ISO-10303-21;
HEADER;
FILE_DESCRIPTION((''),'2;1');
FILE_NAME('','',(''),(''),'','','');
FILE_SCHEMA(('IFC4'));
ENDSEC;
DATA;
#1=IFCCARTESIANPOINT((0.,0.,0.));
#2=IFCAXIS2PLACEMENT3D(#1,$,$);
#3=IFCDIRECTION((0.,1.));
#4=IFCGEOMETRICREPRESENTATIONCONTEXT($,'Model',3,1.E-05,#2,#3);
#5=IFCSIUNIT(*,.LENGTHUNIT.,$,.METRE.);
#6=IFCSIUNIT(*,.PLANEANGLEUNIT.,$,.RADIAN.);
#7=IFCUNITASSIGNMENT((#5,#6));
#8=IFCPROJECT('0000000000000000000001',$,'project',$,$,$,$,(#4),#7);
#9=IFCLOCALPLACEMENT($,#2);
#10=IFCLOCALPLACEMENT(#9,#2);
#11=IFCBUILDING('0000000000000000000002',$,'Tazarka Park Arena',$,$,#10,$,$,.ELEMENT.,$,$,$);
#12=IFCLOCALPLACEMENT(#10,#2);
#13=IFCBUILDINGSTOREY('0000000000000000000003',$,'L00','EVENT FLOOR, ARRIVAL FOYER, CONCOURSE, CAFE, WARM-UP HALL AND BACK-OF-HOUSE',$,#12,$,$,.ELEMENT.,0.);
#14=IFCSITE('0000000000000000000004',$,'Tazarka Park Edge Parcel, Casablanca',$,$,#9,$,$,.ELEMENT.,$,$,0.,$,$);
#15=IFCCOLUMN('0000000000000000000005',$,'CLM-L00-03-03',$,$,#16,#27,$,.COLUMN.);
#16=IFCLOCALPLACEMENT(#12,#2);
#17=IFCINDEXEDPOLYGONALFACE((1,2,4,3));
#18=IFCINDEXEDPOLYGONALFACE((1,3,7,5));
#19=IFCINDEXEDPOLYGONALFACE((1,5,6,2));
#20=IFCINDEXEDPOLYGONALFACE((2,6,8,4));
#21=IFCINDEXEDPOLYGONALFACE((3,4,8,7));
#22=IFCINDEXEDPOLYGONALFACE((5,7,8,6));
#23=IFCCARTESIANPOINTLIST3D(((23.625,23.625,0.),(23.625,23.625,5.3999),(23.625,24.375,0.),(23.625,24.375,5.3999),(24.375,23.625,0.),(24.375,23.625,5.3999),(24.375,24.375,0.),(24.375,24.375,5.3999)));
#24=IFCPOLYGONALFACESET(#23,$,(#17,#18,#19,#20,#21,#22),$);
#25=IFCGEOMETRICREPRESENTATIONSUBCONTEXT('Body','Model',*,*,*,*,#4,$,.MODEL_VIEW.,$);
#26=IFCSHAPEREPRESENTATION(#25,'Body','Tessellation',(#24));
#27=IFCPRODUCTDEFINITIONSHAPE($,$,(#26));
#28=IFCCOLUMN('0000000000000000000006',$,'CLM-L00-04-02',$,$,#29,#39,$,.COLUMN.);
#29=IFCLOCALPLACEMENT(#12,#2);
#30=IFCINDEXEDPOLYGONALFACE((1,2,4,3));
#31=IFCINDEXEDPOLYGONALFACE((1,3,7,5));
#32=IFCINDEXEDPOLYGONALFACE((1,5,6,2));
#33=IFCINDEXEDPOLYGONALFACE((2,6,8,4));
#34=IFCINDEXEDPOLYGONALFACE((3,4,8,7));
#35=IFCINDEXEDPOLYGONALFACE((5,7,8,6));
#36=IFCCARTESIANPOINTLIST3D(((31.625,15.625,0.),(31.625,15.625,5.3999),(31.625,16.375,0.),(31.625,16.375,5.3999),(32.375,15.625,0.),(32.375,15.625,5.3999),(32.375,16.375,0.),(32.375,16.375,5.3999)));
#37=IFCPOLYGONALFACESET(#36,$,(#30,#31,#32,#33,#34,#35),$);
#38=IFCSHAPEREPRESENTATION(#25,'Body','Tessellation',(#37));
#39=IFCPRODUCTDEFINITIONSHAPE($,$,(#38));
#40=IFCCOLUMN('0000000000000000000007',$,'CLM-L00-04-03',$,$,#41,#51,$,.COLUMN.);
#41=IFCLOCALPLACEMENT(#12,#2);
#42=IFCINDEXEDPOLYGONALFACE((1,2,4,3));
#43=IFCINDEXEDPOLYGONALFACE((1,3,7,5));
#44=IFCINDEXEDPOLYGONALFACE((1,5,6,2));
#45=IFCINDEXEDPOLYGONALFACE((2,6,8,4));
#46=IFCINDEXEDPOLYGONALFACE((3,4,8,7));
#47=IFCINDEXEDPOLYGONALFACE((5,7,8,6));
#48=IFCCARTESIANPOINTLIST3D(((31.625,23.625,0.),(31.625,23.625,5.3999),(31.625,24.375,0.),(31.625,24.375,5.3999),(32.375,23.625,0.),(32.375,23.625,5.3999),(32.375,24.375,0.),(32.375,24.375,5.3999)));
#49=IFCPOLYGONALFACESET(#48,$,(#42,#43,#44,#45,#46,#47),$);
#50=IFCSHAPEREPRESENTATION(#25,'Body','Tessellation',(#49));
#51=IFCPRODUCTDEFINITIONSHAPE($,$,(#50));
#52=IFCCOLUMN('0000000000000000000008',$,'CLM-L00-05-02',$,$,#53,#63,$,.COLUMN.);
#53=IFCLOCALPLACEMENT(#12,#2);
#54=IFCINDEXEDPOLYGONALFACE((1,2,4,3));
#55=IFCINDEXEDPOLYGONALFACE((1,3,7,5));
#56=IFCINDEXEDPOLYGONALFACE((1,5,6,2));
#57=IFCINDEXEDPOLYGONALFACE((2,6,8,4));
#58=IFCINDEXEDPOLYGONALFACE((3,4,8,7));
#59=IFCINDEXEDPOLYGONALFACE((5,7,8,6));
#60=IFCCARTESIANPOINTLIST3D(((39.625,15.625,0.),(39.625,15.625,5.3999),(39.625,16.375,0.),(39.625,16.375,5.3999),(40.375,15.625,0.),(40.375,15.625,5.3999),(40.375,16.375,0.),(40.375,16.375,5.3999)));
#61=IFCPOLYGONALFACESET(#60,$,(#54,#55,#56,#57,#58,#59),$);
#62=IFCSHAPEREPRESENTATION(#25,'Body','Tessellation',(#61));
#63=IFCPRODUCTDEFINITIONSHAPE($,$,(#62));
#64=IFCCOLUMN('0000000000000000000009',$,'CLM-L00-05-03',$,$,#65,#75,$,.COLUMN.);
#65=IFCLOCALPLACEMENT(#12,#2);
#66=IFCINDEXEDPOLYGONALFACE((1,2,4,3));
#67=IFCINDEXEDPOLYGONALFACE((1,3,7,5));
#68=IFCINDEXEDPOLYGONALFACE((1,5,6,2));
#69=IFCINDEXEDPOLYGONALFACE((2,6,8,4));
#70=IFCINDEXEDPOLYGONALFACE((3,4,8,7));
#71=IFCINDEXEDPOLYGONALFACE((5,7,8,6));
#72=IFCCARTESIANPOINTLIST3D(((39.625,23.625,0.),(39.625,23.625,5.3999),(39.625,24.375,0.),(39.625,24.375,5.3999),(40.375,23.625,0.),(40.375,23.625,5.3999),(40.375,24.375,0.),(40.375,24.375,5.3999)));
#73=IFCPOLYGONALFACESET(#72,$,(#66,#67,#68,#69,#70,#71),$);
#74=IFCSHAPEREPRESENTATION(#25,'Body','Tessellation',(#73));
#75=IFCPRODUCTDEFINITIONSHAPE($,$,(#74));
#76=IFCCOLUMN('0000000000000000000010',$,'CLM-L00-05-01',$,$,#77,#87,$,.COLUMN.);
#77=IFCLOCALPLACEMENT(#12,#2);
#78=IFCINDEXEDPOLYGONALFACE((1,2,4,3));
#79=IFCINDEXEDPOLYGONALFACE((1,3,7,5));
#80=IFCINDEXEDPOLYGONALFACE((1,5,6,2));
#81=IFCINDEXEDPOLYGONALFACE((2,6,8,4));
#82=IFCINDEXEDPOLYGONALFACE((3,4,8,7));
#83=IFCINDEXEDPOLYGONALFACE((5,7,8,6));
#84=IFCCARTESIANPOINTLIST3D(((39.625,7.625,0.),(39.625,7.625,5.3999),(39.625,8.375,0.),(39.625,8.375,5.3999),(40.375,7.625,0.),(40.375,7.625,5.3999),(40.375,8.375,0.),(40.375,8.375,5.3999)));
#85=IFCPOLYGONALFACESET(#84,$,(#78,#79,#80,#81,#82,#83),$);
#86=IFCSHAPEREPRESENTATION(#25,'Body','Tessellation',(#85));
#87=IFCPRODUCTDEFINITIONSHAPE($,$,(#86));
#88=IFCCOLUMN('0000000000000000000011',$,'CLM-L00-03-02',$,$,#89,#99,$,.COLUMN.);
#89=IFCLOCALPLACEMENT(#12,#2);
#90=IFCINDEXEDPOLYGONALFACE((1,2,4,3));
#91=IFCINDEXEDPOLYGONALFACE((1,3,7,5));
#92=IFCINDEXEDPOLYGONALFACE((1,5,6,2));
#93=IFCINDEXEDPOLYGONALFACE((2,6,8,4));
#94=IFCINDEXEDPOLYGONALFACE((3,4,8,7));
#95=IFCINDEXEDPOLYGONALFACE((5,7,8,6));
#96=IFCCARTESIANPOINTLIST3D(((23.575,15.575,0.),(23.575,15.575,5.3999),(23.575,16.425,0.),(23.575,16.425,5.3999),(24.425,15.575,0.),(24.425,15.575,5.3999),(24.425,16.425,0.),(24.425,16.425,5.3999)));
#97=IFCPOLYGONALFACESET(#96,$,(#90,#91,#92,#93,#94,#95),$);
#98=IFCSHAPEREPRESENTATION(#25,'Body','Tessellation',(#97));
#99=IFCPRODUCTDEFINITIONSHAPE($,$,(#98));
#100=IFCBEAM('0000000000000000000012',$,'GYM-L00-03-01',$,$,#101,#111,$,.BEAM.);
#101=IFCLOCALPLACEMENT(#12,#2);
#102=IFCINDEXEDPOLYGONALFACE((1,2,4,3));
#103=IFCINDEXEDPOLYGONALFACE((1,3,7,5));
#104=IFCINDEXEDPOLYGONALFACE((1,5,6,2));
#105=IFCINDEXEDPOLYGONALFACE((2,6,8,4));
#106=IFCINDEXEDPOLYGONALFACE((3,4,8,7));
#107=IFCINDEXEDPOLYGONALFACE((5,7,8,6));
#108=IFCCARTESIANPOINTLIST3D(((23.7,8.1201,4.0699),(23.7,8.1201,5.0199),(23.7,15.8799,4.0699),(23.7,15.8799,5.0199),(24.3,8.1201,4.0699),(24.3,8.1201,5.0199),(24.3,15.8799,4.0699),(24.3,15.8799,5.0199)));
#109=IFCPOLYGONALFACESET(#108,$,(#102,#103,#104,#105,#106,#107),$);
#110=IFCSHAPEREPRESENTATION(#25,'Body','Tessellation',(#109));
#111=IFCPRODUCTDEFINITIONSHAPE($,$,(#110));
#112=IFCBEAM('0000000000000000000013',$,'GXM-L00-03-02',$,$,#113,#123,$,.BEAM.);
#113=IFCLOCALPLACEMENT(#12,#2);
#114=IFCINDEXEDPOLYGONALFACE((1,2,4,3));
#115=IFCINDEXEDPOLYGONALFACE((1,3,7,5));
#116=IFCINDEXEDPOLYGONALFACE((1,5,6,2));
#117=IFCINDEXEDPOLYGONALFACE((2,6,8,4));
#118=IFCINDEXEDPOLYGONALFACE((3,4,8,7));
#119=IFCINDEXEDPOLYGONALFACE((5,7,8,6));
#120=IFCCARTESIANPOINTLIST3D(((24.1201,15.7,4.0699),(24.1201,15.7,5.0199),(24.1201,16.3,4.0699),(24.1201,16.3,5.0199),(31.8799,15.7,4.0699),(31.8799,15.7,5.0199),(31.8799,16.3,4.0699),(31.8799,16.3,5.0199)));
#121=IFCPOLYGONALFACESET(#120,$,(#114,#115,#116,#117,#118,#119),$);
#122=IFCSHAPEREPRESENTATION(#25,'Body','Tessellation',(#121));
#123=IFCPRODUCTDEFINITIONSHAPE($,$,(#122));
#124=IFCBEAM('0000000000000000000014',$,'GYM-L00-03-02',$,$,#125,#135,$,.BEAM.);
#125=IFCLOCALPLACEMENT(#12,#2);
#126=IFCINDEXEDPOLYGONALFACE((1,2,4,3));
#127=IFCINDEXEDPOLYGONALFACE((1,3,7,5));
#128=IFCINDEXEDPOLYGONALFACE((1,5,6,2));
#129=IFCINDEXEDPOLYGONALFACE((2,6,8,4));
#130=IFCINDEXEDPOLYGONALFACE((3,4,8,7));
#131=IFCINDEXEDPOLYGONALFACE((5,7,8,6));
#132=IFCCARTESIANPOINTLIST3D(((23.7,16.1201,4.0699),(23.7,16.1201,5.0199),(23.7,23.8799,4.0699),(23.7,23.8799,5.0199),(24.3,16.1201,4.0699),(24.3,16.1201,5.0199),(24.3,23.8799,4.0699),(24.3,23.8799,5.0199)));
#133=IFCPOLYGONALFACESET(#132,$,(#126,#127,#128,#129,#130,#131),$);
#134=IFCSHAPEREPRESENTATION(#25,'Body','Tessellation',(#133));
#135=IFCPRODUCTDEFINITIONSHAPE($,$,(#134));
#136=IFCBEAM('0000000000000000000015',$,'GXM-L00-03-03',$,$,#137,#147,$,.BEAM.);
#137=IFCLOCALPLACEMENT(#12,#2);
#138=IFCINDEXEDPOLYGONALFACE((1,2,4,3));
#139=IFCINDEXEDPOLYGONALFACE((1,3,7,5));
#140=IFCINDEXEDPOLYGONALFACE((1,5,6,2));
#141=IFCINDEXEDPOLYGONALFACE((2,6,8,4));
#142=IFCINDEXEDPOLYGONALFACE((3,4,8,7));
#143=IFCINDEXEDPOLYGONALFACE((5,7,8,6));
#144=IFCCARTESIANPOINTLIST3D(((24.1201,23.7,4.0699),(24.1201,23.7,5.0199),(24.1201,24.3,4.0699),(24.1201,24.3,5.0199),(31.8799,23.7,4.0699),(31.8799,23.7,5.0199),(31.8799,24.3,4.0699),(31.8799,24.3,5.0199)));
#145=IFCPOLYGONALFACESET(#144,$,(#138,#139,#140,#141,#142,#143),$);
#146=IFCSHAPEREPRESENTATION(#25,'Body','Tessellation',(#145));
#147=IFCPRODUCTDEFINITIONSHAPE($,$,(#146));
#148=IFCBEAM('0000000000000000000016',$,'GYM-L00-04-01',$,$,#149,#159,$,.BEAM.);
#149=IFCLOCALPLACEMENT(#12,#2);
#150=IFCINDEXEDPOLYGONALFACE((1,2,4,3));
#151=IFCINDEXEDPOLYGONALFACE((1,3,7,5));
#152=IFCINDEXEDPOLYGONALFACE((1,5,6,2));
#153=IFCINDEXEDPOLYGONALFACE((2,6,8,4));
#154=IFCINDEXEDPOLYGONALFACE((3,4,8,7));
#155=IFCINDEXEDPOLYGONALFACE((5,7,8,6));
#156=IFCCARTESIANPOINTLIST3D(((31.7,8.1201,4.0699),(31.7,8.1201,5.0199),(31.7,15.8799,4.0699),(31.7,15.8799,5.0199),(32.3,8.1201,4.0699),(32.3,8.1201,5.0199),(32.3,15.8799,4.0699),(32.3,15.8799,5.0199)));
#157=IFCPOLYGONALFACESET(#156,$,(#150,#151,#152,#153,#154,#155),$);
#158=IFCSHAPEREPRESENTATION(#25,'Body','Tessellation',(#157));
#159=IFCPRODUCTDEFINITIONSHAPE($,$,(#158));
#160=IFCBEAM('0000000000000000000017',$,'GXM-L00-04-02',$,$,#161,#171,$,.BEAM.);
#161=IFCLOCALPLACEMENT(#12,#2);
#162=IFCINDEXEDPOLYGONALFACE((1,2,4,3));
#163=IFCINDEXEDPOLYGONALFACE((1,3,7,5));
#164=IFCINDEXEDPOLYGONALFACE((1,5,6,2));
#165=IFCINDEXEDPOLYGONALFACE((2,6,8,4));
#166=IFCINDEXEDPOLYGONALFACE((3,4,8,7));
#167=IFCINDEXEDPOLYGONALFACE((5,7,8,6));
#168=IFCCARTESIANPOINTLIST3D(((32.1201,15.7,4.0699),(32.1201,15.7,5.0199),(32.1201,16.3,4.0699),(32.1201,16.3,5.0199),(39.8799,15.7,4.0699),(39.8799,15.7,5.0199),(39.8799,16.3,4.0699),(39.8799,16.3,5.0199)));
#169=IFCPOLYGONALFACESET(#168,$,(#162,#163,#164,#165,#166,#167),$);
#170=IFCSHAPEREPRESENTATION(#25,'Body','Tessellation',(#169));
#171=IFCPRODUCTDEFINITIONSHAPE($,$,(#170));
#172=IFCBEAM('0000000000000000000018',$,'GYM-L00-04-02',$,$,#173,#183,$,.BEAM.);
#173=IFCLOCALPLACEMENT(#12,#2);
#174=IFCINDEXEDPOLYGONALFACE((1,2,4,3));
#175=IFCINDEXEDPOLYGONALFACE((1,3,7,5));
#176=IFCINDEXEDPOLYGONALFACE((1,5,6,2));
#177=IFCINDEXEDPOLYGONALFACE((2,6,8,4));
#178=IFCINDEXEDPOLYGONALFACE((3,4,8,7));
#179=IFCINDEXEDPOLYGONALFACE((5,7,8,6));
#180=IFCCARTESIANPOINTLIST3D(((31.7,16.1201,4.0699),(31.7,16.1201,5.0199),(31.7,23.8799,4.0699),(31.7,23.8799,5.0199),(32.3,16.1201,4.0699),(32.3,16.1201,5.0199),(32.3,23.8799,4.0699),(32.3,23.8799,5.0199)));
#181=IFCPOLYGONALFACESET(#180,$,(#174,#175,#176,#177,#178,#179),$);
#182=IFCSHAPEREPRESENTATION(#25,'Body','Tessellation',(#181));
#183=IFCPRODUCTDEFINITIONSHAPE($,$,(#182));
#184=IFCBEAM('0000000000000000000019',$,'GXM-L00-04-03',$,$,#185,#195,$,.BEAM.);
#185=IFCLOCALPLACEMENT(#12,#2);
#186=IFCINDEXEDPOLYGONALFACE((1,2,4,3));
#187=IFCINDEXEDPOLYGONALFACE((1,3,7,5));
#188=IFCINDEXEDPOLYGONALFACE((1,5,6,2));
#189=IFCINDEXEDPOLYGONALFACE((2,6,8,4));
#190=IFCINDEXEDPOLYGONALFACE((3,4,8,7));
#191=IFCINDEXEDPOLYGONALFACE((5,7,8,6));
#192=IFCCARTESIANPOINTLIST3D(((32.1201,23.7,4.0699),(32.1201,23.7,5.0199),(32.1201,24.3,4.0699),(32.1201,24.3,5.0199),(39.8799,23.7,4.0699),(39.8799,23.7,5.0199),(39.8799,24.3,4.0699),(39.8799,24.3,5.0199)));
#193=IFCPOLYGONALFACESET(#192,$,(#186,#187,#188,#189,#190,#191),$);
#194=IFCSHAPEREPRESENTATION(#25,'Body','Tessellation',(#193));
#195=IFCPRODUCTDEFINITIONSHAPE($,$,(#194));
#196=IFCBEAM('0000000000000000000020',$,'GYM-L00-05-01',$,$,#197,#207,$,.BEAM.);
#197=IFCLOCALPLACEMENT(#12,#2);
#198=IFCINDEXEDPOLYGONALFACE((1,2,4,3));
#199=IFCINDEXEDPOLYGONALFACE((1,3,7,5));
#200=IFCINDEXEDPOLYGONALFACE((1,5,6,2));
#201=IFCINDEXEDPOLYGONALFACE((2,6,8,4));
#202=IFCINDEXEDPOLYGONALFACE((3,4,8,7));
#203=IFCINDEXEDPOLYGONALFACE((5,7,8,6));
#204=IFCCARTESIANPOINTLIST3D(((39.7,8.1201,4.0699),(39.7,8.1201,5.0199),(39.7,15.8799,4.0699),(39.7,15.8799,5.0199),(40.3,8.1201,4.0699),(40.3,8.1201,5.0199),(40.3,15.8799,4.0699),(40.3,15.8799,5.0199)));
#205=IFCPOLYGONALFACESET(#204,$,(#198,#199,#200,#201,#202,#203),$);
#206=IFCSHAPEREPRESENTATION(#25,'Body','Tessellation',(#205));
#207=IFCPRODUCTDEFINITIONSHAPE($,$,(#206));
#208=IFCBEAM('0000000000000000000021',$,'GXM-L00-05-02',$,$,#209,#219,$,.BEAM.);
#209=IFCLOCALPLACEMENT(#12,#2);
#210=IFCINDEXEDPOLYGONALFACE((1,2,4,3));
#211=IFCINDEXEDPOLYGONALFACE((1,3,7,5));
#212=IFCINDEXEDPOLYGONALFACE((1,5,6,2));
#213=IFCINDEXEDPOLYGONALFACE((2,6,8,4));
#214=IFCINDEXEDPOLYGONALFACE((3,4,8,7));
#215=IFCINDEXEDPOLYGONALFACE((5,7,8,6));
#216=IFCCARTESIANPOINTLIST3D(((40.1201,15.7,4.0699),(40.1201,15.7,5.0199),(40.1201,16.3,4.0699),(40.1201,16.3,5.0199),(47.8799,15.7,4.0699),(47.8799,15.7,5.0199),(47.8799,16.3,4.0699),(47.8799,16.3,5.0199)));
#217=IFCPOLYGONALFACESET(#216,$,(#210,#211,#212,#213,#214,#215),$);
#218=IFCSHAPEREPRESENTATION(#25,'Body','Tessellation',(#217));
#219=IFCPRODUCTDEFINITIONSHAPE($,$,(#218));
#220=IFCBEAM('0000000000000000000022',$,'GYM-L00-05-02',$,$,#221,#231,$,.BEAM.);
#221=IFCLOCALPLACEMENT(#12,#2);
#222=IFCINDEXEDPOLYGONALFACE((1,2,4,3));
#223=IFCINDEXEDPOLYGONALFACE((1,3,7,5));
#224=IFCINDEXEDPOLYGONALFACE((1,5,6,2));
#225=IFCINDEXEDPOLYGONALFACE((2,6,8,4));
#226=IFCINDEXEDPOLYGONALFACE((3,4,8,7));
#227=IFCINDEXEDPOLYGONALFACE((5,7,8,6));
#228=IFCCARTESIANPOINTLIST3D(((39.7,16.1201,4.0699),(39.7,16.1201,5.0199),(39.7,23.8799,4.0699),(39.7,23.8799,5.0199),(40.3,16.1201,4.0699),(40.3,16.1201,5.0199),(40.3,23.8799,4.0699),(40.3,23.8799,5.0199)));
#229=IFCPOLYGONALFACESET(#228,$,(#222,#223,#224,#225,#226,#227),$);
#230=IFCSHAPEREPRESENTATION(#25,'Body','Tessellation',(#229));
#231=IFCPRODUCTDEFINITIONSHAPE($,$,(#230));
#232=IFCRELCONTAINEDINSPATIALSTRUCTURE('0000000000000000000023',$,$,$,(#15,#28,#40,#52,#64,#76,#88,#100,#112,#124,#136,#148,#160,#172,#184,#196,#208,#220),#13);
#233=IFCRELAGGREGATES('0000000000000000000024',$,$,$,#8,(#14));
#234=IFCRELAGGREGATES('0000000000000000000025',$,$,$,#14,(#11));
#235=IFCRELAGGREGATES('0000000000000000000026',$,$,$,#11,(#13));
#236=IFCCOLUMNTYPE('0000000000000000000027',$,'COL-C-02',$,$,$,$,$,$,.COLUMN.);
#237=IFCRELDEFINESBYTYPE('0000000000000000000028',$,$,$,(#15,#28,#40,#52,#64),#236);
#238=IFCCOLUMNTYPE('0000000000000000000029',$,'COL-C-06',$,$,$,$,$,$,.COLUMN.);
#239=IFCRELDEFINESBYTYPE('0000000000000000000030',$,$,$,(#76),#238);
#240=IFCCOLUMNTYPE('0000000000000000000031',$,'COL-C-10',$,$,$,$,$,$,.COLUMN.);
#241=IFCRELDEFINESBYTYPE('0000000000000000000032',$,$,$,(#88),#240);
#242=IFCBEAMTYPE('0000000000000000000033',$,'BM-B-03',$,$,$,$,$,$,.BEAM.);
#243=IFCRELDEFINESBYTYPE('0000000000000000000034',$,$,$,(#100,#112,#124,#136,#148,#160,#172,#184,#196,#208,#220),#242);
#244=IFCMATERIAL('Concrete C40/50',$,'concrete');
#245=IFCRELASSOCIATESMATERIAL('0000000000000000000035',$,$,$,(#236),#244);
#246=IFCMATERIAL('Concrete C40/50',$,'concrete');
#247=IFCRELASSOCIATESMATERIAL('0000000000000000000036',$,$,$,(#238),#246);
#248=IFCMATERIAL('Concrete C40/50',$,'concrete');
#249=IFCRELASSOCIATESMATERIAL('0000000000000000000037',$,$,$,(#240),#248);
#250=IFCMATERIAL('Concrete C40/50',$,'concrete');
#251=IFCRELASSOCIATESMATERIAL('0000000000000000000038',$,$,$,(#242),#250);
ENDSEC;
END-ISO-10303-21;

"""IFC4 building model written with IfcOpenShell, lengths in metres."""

from ifc_helpers import new_model, si_unit, direction, frame, origin, origin_2d, place, context, subcontext, project, spatial, rectangle, extrude, material, material_profile, profile_set, type_object, element, save


model = new_model("IFC4")

# Units and contexts
model_context = context("Model", 3, precision=1e-05, world=origin(), true_north=direction((0.0, 1.0)))
body_context = subcontext(model_context, "Body", "Model", "MODEL_VIEW")
ifc_project = project(units=[si_unit("LENGTHUNIT", "METRE"), si_unit("PLANEANGLEUNIT", "RADIAN")], contexts=[model_context])

# Site, building, storey
site_placement = place(None, origin())
site = spatial("IfcSite", under=ifc_project, at=site_placement, Name="Tazarka Park Edge Parcel, Casablanca", CompositionType="ELEMENT", RefElevation=0.0)
building_placement = place(site_placement, origin())
building = spatial("IfcBuilding", under=site, at=building_placement, Name="Tazarka Park Arena", CompositionType="ELEMENT")
storey_placement = place(building_placement, origin())
storey = spatial("IfcBuildingStorey", under=building, at=storey_placement, Name="L00", Description="EVENT FLOOR, ARRIVAL FOYER, CONCOURSE, CAFE, WARM-UP HALL AND BACK-OF-HOUSE", CompositionType="ELEMENT", Elevation=0.0)

# Columns
ifc_material_1 = material(Name="Concrete C40/50", Category="concrete")
ifc_material_profile_1 = material_profile(ifc_material_1, rectangle(XDim=0.75, YDim=0.75, at=origin_2d()), Name="Concrete C40/50")
ifc_profile_set_1 = profile_set([ifc_material_profile_1], Name="Concrete C40/50")
column_type_1 = type_object("IfcColumnType", Name="COL-C-02", PredefinedType="COLUMN", material=ifc_profile_set_1)
for number, where, z_axis, x_axis, name in (
    (1, (24.0, 24.0, 0.0), (0.0, 0.0, 1.0), (1.0, 0.0, 0.0), "CLM-L00-03-03"),
    (2, (32.0, 16.0, 0.0), (0.0, 0.0, 1.0), (1.0, 0.0, 0.0), "CLM-L00-04-02"),
    (3, (32.0, 24.0, 0.0), (0.0, 0.0, 1.0), (1.0, 0.0, 0.0), "CLM-L00-04-03"),
    (4, (40.0, 16.0, 0.0), (0.0, 0.0, 1.0), (1.0, 0.0, 0.0), "CLM-L00-05-02"),
    (5, (40.0, 24.0, 0.0), (0.0, 0.0, 1.0), (1.0, 0.0, 0.0), "CLM-L00-05-03"),
):
    element("IfcColumn", number, at=place(storey_placement, frame(where, z_axis=z_axis, x_axis=x_axis)), inside=storey, type_object=column_type_1, Name=name, PredefinedType="COLUMN", context=body_context, shape_type="SweptSolid", body=[
        extrude(rectangle(XDim=0.75, YDim=0.75, at=origin_2d()), origin(), (0.0, 0.0, 1.0), 5.3999),
    ])
ifc_material_2 = material(Name="Concrete C40/50", Category="concrete")
ifc_material_profile_2 = material_profile(ifc_material_2, rectangle(XDim=0.75, YDim=0.75, at=origin_2d()), Name="Concrete C40/50")
ifc_profile_set_2 = profile_set([ifc_material_profile_2], Name="Concrete C40/50")
column_type_2 = type_object("IfcColumnType", Name="COL-C-06", PredefinedType="COLUMN", material=ifc_profile_set_2)
column_1_placement = place(storey_placement, frame((40.0, 8.0, 0.0), z_axis=(0.0, 0.0, 1.0), x_axis=(1.0, 0.0, 0.0)))
element("IfcColumn", 6, at=column_1_placement, inside=storey, type_object=column_type_2, Name="CLM-L00-05-01", PredefinedType="COLUMN", context=body_context, shape_type="SweptSolid", body=[
    extrude(rectangle(XDim=0.75, YDim=0.75, at=origin_2d()), origin(), (0.0, 0.0, 1.0), 5.3999),
])
ifc_material_3 = material(Name="Concrete C40/50", Category="concrete")
ifc_material_profile_3 = material_profile(ifc_material_3, rectangle(XDim=0.8501, YDim=0.8501, at=origin_2d()), Name="Concrete C40/50")
ifc_profile_set_3 = profile_set([ifc_material_profile_3], Name="Concrete C40/50")
column_type_3 = type_object("IfcColumnType", Name="COL-C-10", PredefinedType="COLUMN", material=ifc_profile_set_3)
column_2_placement = place(storey_placement, frame((24.0, 16.0, 0.0), z_axis=(0.0, 0.0, 1.0), x_axis=(1.0, 0.0, 0.0)))
element("IfcColumn", 7, at=column_2_placement, inside=storey, type_object=column_type_3, Name="CLM-L00-03-02", PredefinedType="COLUMN", context=body_context, shape_type="SweptSolid", body=[
    extrude(rectangle(XDim=0.8501, YDim=0.8501, at=origin_2d()), origin(), (0.0, 0.0, 1.0), 5.3999),
])

# Beams
ifc_material_4 = material(Name="Concrete C40/50", Category="concrete")
ifc_material_profile_4 = material_profile(ifc_material_4, rectangle(XDim=0.6001, YDim=0.95, at=origin_2d()), Name="Concrete C40/50")
ifc_profile_set_4 = profile_set([ifc_material_profile_4], Name="Concrete C40/50")
beam_type_1 = type_object("IfcBeamType", Name="BM-B-03", PredefinedType="BEAM", material=ifc_profile_set_4)
for number, where, z_axis, x_axis, name in (
    (8, (24.0, 8.1201, 4.5449), (0.0, 1.0, 0.0), (-1.0, 0.0, 0.0), "GYM-L00-03-01"),
    (9, (24.1201, 16.0, 4.5449), (1.0, 0.0, 0.0), (0.0, 1.0, 0.0), "GXM-L00-03-02"),
    (10, (24.0, 16.1201, 4.5449), (0.0, 1.0, 0.0), (-1.0, 0.0, 0.0), "GYM-L00-03-02"),
    (11, (24.1201, 24.0, 4.5449), (1.0, 0.0, 0.0), (0.0, 1.0, 0.0), "GXM-L00-03-03"),
    (12, (32.0, 8.1201, 4.5449), (0.0, 1.0, 0.0), (-1.0, 0.0, 0.0), "GYM-L00-04-01"),
    (13, (32.1201, 16.0, 4.5449), (1.0, 0.0, 0.0), (0.0, 1.0, 0.0), "GXM-L00-04-02"),
    (14, (32.0, 16.1201, 4.5449), (0.0, 1.0, 0.0), (-1.0, 0.0, 0.0), "GYM-L00-04-02"),
    (15, (32.1201, 24.0, 4.5449), (1.0, 0.0, 0.0), (0.0, 1.0, 0.0), "GXM-L00-04-03"),
    (16, (40.0, 8.1201, 4.5449), (0.0, 1.0, 0.0), (-1.0, 0.0, 0.0), "GYM-L00-05-01"),
    (17, (40.1201, 16.0, 4.5449), (1.0, 0.0, 0.0), (0.0, 1.0, 0.0), "GXM-L00-05-02"),
    (18, (40.0, 16.1201, 4.5449), (0.0, 1.0, 0.0), (-1.0, 0.0, 0.0), "GYM-L00-05-02"),
):
    element("IfcBeam", number, at=place(storey_placement, frame(where, z_axis=z_axis, x_axis=x_axis)), inside=storey, type_object=beam_type_1, Name=name, PredefinedType="BEAM", context=body_context, shape_type="SweptSolid", body=[
        extrude(rectangle(XDim=0.6001, YDim=0.95, at=origin_2d()), origin(), (0.0, 0.0, 1.0), 7.7598),
    ])

save(model, "model.ifc")
